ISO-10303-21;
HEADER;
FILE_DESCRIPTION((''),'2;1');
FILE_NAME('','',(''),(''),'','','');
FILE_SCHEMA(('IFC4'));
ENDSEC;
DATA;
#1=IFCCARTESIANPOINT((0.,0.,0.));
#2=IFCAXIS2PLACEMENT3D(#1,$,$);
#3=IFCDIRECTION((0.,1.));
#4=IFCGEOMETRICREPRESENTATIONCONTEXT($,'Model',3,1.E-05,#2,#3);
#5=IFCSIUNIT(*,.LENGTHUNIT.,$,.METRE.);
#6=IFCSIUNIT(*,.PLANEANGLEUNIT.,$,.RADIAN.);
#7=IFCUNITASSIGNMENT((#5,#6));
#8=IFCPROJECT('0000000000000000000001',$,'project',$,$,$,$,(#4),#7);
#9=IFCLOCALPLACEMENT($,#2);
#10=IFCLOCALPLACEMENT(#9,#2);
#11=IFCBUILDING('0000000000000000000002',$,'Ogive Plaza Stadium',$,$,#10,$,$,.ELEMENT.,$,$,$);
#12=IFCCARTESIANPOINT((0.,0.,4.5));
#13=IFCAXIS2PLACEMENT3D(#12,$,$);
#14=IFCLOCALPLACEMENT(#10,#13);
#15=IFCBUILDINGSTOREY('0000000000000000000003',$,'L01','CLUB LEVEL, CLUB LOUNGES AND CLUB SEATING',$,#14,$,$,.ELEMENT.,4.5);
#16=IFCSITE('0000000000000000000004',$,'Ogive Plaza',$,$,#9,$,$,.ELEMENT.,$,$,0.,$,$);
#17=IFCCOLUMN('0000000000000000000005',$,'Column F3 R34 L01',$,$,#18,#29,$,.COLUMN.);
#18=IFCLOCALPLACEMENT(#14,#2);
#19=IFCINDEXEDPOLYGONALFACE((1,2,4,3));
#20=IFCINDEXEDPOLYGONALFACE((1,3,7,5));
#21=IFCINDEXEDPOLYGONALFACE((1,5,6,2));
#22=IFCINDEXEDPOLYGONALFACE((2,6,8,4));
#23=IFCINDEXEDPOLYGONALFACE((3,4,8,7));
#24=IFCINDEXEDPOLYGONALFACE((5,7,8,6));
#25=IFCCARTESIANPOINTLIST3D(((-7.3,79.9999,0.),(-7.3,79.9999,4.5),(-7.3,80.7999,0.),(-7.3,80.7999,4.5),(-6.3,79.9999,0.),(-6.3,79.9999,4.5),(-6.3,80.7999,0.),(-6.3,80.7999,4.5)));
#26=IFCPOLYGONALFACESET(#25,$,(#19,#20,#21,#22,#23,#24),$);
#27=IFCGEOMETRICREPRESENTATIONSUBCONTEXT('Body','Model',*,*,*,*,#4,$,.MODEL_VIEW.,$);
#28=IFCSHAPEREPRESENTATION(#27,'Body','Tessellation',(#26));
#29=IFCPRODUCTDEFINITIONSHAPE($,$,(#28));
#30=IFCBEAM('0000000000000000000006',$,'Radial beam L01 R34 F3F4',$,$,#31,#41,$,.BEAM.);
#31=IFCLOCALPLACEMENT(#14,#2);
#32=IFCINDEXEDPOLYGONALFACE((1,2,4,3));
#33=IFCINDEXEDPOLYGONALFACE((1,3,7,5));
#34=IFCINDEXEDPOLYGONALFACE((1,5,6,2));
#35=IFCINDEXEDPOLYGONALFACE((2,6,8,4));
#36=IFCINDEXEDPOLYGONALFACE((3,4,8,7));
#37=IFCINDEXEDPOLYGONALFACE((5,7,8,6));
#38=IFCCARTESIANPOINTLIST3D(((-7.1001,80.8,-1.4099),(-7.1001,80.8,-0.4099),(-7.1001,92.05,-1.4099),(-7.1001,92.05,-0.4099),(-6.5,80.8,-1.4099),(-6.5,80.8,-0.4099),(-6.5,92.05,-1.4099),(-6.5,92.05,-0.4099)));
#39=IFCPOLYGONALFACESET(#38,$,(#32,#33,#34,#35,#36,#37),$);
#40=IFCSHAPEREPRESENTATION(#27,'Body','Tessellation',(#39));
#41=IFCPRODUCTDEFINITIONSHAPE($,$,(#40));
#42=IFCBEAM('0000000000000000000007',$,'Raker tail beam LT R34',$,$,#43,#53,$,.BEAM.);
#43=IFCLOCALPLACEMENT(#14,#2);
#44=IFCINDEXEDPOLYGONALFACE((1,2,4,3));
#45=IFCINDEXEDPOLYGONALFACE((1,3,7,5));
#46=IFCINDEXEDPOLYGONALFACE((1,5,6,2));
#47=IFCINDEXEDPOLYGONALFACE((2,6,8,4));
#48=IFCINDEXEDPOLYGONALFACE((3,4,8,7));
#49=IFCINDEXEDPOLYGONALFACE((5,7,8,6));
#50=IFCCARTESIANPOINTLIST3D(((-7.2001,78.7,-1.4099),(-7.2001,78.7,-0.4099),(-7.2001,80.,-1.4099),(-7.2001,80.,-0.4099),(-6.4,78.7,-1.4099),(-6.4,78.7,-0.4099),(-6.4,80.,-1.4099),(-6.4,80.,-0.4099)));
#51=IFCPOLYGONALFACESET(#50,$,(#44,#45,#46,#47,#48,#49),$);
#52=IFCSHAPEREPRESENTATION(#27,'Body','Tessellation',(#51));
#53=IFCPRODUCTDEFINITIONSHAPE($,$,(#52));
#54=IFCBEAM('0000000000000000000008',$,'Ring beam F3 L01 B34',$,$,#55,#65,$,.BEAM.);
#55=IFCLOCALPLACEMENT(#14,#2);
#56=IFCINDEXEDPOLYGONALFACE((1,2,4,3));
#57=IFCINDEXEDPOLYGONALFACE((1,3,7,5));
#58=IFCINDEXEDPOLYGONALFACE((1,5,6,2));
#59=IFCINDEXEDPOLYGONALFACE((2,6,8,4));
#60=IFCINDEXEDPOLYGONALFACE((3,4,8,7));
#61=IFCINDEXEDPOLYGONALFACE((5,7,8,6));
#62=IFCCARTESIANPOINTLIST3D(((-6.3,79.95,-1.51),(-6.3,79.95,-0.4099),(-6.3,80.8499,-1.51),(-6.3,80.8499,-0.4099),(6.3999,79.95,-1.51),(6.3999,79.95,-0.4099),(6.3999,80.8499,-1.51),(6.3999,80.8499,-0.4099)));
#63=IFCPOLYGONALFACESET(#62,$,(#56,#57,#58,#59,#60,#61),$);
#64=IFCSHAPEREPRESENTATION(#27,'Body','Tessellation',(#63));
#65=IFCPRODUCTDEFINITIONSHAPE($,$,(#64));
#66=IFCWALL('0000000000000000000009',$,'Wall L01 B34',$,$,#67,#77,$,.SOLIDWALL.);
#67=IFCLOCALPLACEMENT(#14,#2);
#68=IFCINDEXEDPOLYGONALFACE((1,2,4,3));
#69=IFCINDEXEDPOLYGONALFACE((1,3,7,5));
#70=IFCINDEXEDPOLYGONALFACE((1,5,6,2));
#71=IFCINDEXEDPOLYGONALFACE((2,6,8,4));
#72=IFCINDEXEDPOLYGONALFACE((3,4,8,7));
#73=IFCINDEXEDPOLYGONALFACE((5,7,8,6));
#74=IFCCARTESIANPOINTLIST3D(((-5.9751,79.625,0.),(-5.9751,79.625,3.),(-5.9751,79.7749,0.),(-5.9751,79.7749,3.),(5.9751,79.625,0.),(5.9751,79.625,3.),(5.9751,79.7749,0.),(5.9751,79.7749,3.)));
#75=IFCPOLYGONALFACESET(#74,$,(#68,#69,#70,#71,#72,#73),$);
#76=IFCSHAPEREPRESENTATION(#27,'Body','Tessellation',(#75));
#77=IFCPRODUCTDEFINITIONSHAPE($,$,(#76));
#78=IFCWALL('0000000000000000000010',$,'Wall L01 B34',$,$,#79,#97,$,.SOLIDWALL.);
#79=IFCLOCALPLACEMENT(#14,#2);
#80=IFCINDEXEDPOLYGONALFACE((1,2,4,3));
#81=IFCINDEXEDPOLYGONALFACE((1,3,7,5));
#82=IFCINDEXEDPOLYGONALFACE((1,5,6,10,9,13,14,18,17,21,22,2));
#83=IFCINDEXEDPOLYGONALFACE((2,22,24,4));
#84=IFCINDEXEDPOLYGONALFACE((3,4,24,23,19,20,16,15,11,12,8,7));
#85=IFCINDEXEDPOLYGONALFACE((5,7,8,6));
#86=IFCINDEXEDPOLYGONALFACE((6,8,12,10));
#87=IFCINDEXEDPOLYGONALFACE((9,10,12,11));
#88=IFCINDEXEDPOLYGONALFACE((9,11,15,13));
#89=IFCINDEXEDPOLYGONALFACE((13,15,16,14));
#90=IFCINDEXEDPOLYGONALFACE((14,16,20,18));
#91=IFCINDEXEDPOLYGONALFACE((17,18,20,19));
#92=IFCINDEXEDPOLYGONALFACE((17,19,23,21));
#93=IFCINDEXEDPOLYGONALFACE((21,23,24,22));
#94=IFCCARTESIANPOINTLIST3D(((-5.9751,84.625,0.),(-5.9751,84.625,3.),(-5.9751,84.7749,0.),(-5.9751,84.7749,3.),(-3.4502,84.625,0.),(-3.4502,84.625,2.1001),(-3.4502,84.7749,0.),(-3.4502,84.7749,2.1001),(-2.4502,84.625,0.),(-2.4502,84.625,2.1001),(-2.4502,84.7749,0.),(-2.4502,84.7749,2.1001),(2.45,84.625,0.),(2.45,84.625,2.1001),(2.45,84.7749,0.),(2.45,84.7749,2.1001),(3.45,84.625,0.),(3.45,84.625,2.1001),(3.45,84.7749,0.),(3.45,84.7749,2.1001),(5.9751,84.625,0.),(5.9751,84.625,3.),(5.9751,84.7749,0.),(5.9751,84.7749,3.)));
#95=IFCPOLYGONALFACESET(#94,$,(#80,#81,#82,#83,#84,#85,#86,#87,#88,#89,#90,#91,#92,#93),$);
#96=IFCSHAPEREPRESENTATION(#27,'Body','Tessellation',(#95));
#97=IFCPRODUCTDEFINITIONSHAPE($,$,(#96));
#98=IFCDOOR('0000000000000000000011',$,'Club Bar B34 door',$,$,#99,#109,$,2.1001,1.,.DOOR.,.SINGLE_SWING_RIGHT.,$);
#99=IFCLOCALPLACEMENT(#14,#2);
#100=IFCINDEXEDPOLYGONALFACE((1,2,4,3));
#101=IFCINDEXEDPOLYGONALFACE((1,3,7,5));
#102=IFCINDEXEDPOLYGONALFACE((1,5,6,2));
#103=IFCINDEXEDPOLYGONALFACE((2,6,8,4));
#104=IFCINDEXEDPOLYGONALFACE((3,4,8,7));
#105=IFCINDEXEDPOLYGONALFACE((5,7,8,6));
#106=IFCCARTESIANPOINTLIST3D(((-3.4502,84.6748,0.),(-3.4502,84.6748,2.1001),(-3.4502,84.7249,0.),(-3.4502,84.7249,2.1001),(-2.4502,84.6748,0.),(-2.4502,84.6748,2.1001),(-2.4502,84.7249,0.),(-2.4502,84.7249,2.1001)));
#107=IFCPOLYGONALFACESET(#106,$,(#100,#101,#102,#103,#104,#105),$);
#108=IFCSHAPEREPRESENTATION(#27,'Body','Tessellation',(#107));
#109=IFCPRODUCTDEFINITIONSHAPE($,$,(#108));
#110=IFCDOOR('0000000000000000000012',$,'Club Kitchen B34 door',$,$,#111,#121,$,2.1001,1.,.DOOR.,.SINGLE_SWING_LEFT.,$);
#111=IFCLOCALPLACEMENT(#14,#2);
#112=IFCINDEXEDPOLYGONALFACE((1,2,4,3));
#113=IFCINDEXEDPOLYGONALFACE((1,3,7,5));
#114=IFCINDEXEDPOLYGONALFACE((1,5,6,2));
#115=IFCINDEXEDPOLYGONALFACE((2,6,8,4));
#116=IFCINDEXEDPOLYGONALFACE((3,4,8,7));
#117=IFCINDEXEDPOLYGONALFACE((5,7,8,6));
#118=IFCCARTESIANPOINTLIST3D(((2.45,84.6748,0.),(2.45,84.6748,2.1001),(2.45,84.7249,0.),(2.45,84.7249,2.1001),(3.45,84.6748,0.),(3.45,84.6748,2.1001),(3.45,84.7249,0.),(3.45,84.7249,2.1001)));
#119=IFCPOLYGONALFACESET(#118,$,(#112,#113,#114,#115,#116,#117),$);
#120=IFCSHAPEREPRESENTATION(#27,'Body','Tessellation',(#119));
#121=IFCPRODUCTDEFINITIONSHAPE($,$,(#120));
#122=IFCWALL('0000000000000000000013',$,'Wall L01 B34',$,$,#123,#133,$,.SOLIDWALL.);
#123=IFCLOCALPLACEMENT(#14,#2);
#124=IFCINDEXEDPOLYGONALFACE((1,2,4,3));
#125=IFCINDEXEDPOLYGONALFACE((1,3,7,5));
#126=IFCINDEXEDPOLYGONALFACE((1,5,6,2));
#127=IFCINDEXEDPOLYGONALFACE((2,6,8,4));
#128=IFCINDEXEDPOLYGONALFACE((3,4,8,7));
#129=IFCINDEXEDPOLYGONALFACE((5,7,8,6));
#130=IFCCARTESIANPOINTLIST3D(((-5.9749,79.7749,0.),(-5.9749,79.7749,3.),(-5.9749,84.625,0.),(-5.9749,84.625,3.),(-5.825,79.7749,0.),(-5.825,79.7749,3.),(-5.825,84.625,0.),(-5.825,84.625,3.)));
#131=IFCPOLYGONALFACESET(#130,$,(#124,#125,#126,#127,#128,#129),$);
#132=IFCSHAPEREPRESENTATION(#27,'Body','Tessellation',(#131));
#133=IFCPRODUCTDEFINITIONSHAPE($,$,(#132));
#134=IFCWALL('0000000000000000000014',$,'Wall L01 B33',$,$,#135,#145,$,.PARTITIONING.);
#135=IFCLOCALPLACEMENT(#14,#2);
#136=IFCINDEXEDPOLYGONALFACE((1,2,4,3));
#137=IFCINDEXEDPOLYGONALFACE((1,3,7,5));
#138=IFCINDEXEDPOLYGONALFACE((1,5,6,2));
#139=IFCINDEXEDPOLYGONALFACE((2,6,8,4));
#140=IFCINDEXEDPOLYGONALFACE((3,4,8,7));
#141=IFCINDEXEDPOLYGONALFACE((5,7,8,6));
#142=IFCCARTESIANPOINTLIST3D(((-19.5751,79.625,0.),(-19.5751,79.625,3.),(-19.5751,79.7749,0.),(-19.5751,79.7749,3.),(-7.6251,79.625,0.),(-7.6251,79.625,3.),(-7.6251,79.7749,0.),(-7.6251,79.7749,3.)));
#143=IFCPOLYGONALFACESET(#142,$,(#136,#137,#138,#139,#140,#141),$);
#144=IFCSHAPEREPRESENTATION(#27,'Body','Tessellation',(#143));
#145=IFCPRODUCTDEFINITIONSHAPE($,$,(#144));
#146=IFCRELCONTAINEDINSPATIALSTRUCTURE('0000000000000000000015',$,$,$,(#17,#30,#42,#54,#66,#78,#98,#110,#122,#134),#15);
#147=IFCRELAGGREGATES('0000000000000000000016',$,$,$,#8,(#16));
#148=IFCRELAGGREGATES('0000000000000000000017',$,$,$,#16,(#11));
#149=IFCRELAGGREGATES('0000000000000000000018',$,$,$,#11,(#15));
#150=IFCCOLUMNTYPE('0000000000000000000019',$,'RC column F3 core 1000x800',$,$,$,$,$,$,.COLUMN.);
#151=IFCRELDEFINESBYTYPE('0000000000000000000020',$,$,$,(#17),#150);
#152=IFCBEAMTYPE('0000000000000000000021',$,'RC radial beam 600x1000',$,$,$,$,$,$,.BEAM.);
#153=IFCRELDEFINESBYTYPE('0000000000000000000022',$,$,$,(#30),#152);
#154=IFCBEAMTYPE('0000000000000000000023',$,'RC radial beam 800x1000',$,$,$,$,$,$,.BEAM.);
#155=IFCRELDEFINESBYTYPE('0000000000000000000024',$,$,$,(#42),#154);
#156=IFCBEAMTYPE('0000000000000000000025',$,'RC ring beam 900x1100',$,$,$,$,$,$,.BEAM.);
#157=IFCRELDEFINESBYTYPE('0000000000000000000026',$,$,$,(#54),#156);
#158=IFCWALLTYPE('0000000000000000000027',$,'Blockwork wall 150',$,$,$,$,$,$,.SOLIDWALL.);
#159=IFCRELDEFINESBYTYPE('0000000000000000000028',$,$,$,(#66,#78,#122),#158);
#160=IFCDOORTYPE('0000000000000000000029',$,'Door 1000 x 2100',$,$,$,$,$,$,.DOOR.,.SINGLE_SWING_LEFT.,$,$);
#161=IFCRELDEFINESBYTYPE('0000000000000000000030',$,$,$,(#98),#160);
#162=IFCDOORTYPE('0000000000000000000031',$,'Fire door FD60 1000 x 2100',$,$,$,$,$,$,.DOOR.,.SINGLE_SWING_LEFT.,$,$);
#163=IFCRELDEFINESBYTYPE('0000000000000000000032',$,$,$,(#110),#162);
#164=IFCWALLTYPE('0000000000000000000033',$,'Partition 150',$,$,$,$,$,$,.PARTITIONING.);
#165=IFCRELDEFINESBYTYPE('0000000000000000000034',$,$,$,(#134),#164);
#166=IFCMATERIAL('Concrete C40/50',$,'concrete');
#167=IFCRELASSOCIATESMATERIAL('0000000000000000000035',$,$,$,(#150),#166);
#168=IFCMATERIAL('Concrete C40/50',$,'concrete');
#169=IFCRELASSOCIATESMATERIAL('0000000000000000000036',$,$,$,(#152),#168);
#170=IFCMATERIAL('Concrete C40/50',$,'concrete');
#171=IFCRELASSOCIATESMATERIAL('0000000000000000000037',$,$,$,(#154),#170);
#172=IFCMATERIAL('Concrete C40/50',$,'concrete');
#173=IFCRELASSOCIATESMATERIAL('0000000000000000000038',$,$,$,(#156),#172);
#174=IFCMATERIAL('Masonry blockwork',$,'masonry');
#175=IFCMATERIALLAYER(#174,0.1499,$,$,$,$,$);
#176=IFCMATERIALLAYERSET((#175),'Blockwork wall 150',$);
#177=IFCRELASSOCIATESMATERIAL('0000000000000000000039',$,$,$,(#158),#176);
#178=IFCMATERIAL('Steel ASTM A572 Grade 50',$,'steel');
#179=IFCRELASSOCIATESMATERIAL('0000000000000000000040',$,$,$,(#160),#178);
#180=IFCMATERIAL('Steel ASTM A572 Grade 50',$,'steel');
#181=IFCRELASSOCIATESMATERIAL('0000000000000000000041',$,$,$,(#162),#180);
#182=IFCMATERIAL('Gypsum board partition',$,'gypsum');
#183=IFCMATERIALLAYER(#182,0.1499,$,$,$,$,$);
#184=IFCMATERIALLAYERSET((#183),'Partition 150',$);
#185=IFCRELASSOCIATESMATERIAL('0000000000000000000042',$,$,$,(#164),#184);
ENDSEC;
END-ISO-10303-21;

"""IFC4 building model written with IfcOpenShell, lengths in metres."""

from ifc_helpers import new_model, si_unit, direction, frame, frame_2d, origin, origin_2d, place, context, subcontext, project, spatial, rectangle, extrude, material, layer, layer_set, material_profile, profile_set, type_object, element, fill, save


model = new_model("IFC4")

# Units and contexts
model_context = context("Model", 3, precision=1e-05, world=origin(), true_north=direction((0.0, 1.0)))
body_context = subcontext(model_context, "Body", "Model", "MODEL_VIEW")
ifc_project = project(units=[si_unit("LENGTHUNIT", "METRE"), si_unit("PLANEANGLEUNIT", "RADIAN")], contexts=[model_context])

# Site, building, storey
site_placement = place(None, origin())
site = spatial("IfcSite", under=ifc_project, at=site_placement, Name="Ogive Plaza", CompositionType="ELEMENT", RefElevation=0.0)
building_placement = place(site_placement, origin())
building = spatial("IfcBuilding", under=site, at=building_placement, Name="Ogive Plaza Stadium", CompositionType="ELEMENT")
storey_placement = place(building_placement, frame((0.0, 0.0, 4.5)))
storey = spatial("IfcBuildingStorey", under=building, at=storey_placement, Name="L01", Description="CLUB LEVEL, CLUB LOUNGES AND CLUB SEATING", CompositionType="ELEMENT", Elevation=4.5)

# Column
ifc_material_1 = material(Name="Concrete C40/50", Category="concrete")
ifc_material_profile_1 = material_profile(ifc_material_1, rectangle(XDim=1.0, YDim=0.8, at=origin_2d()), Name="RC 1000x800")
ifc_profile_set_1 = profile_set([ifc_material_profile_1], Name="Concrete C40/50")
column_type = type_object("IfcColumnType", Name="RC column F3 core 1000x800", PredefinedType="COLUMN", material=ifc_profile_set_1)
column_placement = place(storey_placement, frame((-6.8, 80.3999, 0.0), z_axis=(0.0, 0.0, 1.0), x_axis=(-1.0, 0.0, 0.0)))
element("IfcColumn", 1, at=column_placement, inside=storey, type_object=column_type, Name="Column F3 R34 L01", PredefinedType="COLUMN", context=body_context, shape_type="SweptSolid", body=[
    extrude(rectangle(XDim=1.0, YDim=0.8, at=origin_2d()), origin(), (0.0, 0.0, 1.0), 4.5),
])

# Beams
ifc_material_2 = material(Name="Concrete C40/50", Category="concrete")
ifc_material_profile_2 = material_profile(ifc_material_2, rectangle(XDim=0.6001, YDim=1.0, at=origin_2d()), Name="RC 600x1000")
ifc_profile_set_2 = profile_set([ifc_material_profile_2], Name="Concrete C40/50")
beam_type_1 = type_object("IfcBeamType", Name="RC radial beam 600x1000", PredefinedType="BEAM", material=ifc_profile_set_2)
beam_1_placement = place(storey_placement, frame((-6.8, 80.8, -0.9099), z_axis=(0.0, 1.0, 0.0), x_axis=(-1.0, 0.0, 0.0)))
element("IfcBeam", 2, at=beam_1_placement, inside=storey, type_object=beam_type_1, Name="Radial beam L01 R34 F3F4", PredefinedType="BEAM", context=body_context, shape_type="SweptSolid", body=[
    extrude(rectangle(XDim=0.6001, YDim=1.0, at=origin_2d()), origin(), (0.0, 0.0, 1.0), 11.25),
])
ifc_material_3 = material(Name="Concrete C40/50", Category="concrete")
ifc_material_profile_3 = material_profile(ifc_material_3, rectangle(XDim=0.8, YDim=1.0, at=origin_2d()), Name="RC 800x1000")
ifc_profile_set_3 = profile_set([ifc_material_profile_3], Name="Concrete C40/50")
beam_type_2 = type_object("IfcBeamType", Name="RC radial beam 800x1000", PredefinedType="BEAM", material=ifc_profile_set_3)
beam_2_placement = place(storey_placement, frame((-6.8, 78.7, -0.9099), z_axis=(0.0, 1.0, 0.0), x_axis=(-1.0, 0.0, 0.0)))
element("IfcBeam", 3, at=beam_2_placement, inside=storey, type_object=beam_type_2, Name="Raker tail beam LT R34", PredefinedType="BEAM", context=body_context, shape_type="SweptSolid", body=[
    extrude(rectangle(XDim=0.8, YDim=1.0, at=origin_2d()), origin(), (0.0, 0.0, 1.0), 1.3),
])
ifc_material_4 = material(Name="Concrete C40/50", Category="concrete")
ifc_material_profile_4 = material_profile(ifc_material_4, rectangle(XDim=0.8999, YDim=1.1001, at=origin_2d()), Name="RC 900x1100")
ifc_profile_set_4 = profile_set([ifc_material_profile_4], Name="Concrete C40/50")
beam_type_3 = type_object("IfcBeamType", Name="RC ring beam 900x1100", PredefinedType="BEAM", material=ifc_profile_set_4)
beam_3_placement = place(storey_placement, frame((-6.3, 80.3999, -0.96), z_axis=(1.0, 0.0, 0.0), x_axis=(0.0, 1.0, 0.0)))
element("IfcBeam", 4, at=beam_3_placement, inside=storey, type_object=beam_type_3, Name="Ring beam F3 L01 B34", PredefinedType="BEAM", context=body_context, shape_type="SweptSolid", body=[
    extrude(rectangle(XDim=0.8999, YDim=1.1001, at=origin_2d()), origin(), (0.0, 0.0, 1.0), 12.7),
])

# Wall
ifc_material_5 = material(Name="Masonry blockwork", Category="masonry")
ifc_layer_1 = layer(ifc_material_5, 0.1499)
ifc_layer_set_1 = layer_set([ifc_layer_1], Name="Blockwork wall 150")
wall_type_1 = type_object("IfcWallType", Name="Blockwork wall 150", PredefinedType="SOLIDWALL", material=ifc_layer_set_1)
wall_1_placement = place(storey_placement, frame((-5.9751, 79.7, 0.0), z_axis=(0.0, 0.0, 1.0), x_axis=(1.0, 0.0, 0.0)))
element("IfcWall", 5, at=wall_1_placement, inside=storey, type_object=wall_type_1, Name="Wall L01 B34", PredefinedType="SOLIDWALL", context=body_context, shape_type="SweptSolid", body=[
    extrude(rectangle(XDim=11.9502, YDim=0.1499, at=frame_2d((5.9751, 0.0))), origin(), (0.0, 0.0, 1.0), 3.0),
])

# Wall, openings, doors
wall_2_placement = place(storey_placement, frame((-5.9751, 84.7, 0.0), z_axis=(0.0, 0.0, 1.0), x_axis=(1.0, 0.0, 0.0)))
wall_2 = element("IfcWall", 6, at=wall_2_placement, inside=storey, type_object=wall_type_1, Name="Wall L01 B34", PredefinedType="SOLIDWALL", context=body_context, shape_type="SweptSolid", body=[
    extrude(rectangle(XDim=11.9502, YDim=0.1499, at=frame_2d((5.9751, 0.0))), origin(), (0.0, 0.0, 1.0), 3.0),
])
opening_1_placement = place(wall_2_placement, frame((2.5249, 0.0, 0.0)))
opening_1 = element("IfcOpeningElement", 7, at=opening_1_placement, cuts=wall_2, PredefinedType="OPENING", context=body_context, shape_type="SweptSolid", body=[
    extrude(rectangle(XDim=1.0, YDim=2.1001, at=frame_2d((0.5, 1.05))), frame((0.0, 0.075, 0.0), z_axis=(0.0, -1.0, 0.0), x_axis=(1.0, 0.0, 0.0)), (0.0, 0.0, 1.0), 0.1499),
])
opening_2_placement = place(wall_2_placement, frame((8.425, 0.0, 0.0)))
opening_2 = element("IfcOpeningElement", 8, at=opening_2_placement, cuts=wall_2, PredefinedType="OPENING", context=body_context, shape_type="SweptSolid", body=[
    extrude(rectangle(XDim=1.0, YDim=2.1001, at=frame_2d((0.5, 1.05))), frame((0.0, 0.075, 0.0), z_axis=(0.0, -1.0, 0.0), x_axis=(1.0, 0.0, 0.0)), (0.0, 0.0, 1.0), 0.1499),
])
ifc_material_6 = material(Name="Steel ASTM A572 Grade 50", Category="steel")
door_type_1 = type_object("IfcDoorType", Name="Door 1000 x 2100", OperationType="SINGLE_SWING_LEFT", PredefinedType="DOOR", material=ifc_material_6)
door_1_placement = place(opening_1_placement, origin())
door_1 = element("IfcDoor", 9, at=door_1_placement, inside=storey, type_object=door_type_1, Name="Club Bar B34 door", OperationType="SINGLE_SWING_RIGHT", OverallHeight=2.1001, OverallWidth=1.0, PredefinedType="DOOR", context=body_context, shape_type="SweptSolid", body=[
    extrude(rectangle(XDim=1.0, YDim=2.1001, at=frame_2d((0.5, 1.05))), frame((0.0, 0.0249, 0.0), z_axis=(0.0, -1.0, 0.0), x_axis=(1.0, 0.0, 0.0)), (0.0, 0.0, 1.0), 0.05),
])
fill(opening_1, door_1)
ifc_material_7 = material(Name="Steel ASTM A572 Grade 50", Category="steel")
door_type_2 = type_object("IfcDoorType", Name="Fire door FD60 1000 x 2100", OperationType="SINGLE_SWING_LEFT", PredefinedType="DOOR", material=ifc_material_7)
door_2_placement = place(opening_2_placement, origin())
door_2 = element("IfcDoor", 10, at=door_2_placement, inside=storey, type_object=door_type_2, Name="Club Kitchen B34 door", OperationType="SINGLE_SWING_LEFT", OverallHeight=2.1001, OverallWidth=1.0, PredefinedType="DOOR", context=body_context, shape_type="SweptSolid", body=[
    extrude(rectangle(XDim=1.0, YDim=2.1001, at=frame_2d((0.5, 1.05))), frame((0.0, 0.0249, 0.0), z_axis=(0.0, -1.0, 0.0), x_axis=(1.0, 0.0, 0.0)), (0.0, 0.0, 1.0), 0.05),
])
fill(opening_2, door_2)

# Walls
wall_3_placement = place(storey_placement, frame((-5.8999, 79.7749, 0.0), z_axis=(0.0, 0.0, 1.0), x_axis=(0.0, 1.0, 0.0)))
element("IfcWall", 11, at=wall_3_placement, inside=storey, type_object=wall_type_1, Name="Wall L01 B34", PredefinedType="SOLIDWALL", context=body_context, shape_type="SweptSolid", body=[
    extrude(rectangle(XDim=4.8501, YDim=0.1499, at=frame_2d((2.425, 0.0))), origin(), (0.0, 0.0, 1.0), 3.0),
])
ifc_material_8 = material(Name="Gypsum board partition", Category="gypsum")
ifc_layer_2 = layer(ifc_material_8, 0.1499)
ifc_layer_set_2 = layer_set([ifc_layer_2], Name="Partition 150")
wall_type_2 = type_object("IfcWallType", Name="Partition 150", PredefinedType="PARTITIONING", material=ifc_layer_set_2)
wall_4_placement = place(storey_placement, frame((-7.625, 79.7, 0.0), z_axis=(0.0, 0.0, 1.0), x_axis=(-1.0, 0.0, 0.0)))
element("IfcWall", 12, at=wall_4_placement, inside=storey, type_object=wall_type_2, Name="Wall L01 B33", PredefinedType="PARTITIONING", context=body_context, shape_type="SweptSolid", body=[
    extrude(rectangle(XDim=11.95, YDim=0.1499, at=frame_2d((5.9751, 0.0))), origin(), (0.0, 0.0, 1.0), 3.0),
])

save(model, "model.ifc")
